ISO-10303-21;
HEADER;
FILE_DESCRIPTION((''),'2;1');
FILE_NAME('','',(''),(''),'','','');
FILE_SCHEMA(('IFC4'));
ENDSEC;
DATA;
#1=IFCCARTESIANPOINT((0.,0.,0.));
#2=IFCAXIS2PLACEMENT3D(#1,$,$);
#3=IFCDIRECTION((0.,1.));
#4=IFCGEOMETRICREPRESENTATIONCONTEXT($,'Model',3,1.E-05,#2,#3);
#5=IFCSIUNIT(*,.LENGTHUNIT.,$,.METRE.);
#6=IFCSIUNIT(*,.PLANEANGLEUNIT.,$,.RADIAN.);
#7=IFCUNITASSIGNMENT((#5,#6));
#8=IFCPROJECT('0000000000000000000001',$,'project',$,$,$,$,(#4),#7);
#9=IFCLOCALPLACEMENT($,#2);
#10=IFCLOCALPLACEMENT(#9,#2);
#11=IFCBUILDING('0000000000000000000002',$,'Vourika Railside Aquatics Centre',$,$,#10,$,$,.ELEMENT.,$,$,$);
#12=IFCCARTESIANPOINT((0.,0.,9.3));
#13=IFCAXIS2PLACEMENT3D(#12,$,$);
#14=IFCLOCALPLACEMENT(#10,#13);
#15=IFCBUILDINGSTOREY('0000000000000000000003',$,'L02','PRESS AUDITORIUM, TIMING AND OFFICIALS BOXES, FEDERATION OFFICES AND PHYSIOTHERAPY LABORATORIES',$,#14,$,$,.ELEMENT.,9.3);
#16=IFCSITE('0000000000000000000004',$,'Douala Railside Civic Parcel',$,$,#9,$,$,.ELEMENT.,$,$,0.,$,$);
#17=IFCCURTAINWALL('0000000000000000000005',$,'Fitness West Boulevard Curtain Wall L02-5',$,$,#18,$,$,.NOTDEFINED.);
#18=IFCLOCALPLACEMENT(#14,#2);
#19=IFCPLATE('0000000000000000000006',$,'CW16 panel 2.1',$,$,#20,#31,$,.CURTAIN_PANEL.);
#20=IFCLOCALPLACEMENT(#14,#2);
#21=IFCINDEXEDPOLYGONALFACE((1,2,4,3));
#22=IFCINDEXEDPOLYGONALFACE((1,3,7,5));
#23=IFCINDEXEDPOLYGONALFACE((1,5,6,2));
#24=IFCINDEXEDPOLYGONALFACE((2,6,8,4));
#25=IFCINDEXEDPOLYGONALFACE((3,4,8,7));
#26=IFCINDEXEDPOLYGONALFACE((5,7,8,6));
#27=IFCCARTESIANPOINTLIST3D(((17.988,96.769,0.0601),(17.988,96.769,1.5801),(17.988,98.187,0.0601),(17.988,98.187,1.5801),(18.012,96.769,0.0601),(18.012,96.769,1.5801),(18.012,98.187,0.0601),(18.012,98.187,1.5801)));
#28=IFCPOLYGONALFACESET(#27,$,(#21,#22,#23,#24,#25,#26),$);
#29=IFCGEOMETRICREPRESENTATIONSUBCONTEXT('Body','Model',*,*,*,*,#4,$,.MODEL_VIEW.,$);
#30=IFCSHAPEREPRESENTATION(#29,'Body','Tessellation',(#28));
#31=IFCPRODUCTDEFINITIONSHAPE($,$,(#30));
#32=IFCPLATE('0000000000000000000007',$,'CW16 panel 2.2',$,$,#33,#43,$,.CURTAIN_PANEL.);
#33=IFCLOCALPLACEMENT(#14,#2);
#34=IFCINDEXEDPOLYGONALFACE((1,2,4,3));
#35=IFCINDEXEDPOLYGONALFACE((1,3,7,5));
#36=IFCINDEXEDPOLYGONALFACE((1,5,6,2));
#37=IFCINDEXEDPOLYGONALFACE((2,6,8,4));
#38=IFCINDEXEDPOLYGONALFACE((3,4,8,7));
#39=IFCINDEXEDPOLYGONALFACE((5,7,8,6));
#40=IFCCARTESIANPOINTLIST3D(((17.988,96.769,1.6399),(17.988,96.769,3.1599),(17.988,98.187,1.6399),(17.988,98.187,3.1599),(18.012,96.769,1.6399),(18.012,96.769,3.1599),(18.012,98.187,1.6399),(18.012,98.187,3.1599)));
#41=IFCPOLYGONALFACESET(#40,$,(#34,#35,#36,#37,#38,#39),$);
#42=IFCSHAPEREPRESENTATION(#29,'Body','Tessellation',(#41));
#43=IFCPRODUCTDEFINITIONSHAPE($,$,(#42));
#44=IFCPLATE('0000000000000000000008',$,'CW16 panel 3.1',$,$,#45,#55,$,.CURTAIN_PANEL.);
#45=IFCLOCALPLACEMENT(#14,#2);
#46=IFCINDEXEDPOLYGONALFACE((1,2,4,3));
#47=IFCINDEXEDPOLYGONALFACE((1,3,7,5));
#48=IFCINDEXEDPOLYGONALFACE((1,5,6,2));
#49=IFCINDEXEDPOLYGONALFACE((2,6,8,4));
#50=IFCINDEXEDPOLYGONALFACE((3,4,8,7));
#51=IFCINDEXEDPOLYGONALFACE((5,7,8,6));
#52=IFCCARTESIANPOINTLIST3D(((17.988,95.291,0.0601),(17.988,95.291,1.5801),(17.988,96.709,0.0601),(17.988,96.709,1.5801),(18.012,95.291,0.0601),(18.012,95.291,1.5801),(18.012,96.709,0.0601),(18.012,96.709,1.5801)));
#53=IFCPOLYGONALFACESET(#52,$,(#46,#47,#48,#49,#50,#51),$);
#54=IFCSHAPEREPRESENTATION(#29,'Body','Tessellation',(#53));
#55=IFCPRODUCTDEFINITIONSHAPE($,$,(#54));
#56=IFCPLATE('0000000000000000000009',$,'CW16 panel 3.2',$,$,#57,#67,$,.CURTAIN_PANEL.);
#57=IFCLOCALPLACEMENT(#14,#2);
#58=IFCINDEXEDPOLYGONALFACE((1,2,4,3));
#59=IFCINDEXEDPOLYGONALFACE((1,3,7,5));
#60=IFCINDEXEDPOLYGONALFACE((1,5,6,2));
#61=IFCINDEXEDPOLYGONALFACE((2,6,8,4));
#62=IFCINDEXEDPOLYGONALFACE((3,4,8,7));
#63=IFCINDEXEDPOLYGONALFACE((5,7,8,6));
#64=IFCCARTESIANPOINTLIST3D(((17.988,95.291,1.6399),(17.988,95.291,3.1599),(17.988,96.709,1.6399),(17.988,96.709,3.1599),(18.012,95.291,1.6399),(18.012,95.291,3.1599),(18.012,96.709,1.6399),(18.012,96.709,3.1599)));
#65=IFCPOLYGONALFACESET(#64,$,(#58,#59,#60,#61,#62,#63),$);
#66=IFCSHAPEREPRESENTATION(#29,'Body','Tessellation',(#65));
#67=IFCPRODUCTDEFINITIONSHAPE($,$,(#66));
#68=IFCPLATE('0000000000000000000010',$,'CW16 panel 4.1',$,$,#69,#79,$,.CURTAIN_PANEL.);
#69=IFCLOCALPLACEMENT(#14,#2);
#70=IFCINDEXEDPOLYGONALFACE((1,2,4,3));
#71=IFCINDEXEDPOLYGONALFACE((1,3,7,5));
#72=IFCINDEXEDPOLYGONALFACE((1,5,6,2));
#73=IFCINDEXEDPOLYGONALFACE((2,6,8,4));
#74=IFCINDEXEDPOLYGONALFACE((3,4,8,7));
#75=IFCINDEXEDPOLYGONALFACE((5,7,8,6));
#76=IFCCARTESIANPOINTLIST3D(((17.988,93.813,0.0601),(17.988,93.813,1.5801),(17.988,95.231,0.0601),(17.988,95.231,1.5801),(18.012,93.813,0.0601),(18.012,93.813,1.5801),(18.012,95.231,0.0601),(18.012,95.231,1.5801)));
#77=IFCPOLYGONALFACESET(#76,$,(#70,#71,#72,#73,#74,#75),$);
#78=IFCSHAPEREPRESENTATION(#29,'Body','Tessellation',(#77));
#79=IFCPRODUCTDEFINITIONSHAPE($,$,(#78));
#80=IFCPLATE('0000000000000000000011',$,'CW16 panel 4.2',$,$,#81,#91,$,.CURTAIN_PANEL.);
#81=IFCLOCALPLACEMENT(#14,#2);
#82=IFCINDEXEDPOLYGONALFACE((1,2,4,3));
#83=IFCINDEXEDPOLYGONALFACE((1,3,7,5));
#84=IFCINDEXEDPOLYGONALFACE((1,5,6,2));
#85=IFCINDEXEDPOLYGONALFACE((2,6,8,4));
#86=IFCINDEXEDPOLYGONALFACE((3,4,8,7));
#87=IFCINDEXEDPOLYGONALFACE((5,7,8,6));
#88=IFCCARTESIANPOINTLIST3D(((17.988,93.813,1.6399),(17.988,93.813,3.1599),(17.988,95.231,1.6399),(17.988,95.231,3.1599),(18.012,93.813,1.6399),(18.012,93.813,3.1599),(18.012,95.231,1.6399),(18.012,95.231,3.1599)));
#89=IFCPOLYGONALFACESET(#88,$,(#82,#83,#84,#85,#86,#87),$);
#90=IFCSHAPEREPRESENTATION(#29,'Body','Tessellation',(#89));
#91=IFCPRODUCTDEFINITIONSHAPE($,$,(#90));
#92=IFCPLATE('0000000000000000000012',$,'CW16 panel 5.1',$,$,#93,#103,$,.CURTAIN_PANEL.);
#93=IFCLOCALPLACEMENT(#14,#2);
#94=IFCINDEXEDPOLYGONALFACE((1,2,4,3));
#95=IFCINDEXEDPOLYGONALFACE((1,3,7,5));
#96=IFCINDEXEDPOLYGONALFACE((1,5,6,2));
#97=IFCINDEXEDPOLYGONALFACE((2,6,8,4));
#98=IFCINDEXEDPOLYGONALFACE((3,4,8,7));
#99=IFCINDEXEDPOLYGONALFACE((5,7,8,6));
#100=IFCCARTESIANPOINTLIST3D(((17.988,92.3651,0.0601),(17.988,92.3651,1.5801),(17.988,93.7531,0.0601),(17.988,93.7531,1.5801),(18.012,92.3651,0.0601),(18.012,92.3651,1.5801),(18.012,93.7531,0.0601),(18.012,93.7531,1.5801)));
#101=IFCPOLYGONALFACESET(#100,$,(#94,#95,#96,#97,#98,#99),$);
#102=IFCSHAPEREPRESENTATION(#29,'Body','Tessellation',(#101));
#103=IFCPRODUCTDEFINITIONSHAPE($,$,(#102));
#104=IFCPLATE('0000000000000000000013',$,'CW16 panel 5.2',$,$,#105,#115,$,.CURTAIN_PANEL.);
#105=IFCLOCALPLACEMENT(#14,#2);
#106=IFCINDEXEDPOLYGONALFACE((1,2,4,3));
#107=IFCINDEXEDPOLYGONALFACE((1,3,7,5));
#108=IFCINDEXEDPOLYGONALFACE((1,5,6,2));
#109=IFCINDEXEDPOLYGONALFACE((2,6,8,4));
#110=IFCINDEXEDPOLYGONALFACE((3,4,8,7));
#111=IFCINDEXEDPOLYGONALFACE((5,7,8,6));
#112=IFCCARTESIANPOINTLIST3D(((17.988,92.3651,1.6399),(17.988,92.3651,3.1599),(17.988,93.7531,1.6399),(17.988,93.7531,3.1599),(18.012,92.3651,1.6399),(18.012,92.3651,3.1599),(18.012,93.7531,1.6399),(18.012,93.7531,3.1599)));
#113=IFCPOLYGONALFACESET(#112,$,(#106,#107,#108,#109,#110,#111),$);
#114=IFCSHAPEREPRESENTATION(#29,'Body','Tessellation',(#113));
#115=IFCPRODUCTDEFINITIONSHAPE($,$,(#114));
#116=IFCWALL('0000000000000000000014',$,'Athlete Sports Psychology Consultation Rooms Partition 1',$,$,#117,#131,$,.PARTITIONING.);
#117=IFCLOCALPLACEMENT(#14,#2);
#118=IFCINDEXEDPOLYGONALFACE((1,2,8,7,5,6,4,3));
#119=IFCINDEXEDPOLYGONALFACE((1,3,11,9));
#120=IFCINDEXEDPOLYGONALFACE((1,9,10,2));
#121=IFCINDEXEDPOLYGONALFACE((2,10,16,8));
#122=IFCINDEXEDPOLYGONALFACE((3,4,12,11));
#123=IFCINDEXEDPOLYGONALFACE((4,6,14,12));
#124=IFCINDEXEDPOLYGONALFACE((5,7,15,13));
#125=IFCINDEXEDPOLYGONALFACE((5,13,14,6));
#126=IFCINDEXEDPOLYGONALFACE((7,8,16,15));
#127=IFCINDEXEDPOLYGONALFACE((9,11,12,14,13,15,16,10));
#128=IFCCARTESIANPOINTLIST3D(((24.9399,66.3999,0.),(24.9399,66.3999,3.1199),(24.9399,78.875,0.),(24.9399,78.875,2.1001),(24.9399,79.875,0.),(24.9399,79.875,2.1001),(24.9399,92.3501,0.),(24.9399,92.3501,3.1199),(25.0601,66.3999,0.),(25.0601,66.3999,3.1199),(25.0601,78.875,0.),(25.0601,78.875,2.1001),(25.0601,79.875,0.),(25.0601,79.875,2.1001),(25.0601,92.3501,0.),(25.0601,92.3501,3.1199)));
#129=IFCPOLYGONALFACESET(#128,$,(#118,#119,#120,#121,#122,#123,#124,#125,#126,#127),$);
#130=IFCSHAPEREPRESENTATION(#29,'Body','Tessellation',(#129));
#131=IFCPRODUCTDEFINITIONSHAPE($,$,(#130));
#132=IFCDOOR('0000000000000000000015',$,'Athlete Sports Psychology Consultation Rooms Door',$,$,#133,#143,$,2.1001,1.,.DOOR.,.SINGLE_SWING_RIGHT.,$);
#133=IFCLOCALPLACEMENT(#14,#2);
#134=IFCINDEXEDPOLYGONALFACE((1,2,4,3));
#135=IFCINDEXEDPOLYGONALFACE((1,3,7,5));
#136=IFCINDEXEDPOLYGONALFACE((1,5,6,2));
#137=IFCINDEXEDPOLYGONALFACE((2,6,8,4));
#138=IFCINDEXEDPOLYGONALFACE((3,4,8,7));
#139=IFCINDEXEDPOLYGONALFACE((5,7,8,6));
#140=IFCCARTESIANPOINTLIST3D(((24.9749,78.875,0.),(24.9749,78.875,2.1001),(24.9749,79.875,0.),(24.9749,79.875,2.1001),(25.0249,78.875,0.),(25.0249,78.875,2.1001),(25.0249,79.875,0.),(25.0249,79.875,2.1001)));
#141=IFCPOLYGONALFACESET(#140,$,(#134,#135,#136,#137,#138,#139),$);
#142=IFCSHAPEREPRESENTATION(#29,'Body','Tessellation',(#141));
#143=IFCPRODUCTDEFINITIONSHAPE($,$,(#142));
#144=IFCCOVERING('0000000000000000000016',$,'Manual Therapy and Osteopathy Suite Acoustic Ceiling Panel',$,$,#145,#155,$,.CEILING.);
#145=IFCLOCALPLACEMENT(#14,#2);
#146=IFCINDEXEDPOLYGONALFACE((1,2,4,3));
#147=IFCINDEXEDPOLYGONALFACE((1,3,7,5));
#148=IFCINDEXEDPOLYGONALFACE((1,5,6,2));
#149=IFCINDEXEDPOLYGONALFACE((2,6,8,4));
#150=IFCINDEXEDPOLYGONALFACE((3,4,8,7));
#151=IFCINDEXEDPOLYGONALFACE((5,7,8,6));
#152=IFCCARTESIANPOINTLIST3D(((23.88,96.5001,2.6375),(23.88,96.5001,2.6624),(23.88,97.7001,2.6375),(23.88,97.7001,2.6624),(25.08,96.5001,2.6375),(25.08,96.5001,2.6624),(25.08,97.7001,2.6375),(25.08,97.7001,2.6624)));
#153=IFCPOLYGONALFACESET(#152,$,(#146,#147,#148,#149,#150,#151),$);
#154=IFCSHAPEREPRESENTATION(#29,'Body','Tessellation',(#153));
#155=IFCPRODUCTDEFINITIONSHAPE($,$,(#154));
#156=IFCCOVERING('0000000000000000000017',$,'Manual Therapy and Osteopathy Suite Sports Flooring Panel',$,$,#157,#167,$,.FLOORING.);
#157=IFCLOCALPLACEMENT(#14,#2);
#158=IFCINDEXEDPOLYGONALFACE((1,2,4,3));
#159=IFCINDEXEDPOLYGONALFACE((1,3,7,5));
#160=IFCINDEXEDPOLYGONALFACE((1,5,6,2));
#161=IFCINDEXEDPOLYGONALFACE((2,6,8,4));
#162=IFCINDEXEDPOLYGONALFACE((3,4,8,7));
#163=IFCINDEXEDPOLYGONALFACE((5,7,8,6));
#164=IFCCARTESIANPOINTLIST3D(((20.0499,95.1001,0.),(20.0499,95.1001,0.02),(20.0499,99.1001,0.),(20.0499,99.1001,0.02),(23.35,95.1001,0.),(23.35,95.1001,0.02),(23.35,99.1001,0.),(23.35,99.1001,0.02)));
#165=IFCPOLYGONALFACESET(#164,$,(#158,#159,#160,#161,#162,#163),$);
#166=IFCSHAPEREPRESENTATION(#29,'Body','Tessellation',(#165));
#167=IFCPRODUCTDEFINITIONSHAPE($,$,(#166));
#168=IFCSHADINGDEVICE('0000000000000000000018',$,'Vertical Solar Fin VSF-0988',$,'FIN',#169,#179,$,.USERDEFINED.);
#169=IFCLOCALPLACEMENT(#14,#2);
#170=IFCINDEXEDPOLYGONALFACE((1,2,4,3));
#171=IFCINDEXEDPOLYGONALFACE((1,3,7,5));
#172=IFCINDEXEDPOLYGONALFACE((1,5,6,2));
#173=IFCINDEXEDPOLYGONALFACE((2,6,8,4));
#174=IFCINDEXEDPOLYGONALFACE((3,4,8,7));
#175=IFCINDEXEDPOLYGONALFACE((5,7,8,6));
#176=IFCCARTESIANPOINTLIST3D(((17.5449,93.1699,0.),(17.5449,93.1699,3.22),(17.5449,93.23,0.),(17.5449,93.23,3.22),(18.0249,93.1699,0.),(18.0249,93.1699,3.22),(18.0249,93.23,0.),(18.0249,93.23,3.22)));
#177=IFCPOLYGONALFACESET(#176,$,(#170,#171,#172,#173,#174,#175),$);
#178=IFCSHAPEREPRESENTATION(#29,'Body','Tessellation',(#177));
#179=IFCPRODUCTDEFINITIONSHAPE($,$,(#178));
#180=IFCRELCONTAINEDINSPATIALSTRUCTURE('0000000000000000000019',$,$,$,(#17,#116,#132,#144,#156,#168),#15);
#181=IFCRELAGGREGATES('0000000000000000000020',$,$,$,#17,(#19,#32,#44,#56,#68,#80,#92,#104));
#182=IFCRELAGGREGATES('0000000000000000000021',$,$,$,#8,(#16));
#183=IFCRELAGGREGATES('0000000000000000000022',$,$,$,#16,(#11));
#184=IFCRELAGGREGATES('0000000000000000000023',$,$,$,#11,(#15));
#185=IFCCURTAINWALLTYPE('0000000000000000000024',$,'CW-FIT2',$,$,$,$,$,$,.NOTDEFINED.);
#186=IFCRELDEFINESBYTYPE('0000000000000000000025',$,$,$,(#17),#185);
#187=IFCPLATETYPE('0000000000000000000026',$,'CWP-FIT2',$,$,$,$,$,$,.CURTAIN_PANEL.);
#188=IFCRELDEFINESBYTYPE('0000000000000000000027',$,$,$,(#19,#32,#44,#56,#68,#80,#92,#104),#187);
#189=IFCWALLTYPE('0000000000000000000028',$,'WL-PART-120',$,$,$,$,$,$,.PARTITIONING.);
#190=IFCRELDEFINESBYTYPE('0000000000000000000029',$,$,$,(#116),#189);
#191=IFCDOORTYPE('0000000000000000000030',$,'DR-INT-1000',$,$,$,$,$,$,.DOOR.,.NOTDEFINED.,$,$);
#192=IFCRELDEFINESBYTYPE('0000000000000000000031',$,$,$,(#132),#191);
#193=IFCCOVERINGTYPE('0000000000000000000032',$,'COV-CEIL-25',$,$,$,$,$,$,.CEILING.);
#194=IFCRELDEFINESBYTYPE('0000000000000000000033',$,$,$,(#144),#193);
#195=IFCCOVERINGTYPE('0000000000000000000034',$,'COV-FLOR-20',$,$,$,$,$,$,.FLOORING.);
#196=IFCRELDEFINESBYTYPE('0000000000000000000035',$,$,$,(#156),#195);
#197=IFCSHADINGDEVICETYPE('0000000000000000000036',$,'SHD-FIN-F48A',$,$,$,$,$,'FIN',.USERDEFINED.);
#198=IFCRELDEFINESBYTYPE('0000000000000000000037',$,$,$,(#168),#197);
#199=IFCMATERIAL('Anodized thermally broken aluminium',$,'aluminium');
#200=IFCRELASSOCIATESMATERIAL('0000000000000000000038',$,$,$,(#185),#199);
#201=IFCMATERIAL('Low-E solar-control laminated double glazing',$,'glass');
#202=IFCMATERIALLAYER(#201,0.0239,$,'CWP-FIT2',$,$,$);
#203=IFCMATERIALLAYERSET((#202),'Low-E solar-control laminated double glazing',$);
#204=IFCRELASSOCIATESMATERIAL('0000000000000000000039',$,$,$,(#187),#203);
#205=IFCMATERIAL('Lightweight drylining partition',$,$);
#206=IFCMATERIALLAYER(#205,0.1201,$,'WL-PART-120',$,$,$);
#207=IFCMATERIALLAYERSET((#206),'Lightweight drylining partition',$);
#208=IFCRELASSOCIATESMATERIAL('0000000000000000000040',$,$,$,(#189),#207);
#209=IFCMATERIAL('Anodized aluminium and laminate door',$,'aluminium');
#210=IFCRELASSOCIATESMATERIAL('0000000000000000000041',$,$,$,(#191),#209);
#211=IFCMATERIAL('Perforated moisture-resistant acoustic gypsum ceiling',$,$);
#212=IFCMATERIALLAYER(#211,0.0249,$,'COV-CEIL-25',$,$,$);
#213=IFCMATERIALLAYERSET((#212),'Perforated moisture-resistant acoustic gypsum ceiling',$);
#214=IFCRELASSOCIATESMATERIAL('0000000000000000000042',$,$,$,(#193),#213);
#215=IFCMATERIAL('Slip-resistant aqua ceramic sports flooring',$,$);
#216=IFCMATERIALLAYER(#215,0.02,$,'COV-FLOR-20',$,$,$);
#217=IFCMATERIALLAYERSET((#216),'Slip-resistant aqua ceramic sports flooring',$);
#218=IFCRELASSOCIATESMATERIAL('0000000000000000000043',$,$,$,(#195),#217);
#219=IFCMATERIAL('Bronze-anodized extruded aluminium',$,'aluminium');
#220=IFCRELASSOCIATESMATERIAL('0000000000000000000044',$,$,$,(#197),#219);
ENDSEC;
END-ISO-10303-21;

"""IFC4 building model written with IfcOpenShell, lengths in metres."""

from ifc_helpers import new_model, si_unit, direction, frame, frame_2d, origin, origin_2d, place, context, subcontext, project, spatial, rectangle, extrude, material, layer, layer_set, material_profile, profile_set, type_object, element, fill, aggregate, save


model = new_model("IFC4")

# Units and contexts
model_context = context("Model", 3, precision=1e-05, world=origin(), true_north=direction((0.0, 1.0)))
body_context = subcontext(model_context, "Body", "Model", "MODEL_VIEW")
ifc_project = project(units=[si_unit("LENGTHUNIT", "METRE"), si_unit("PLANEANGLEUNIT", "RADIAN")], contexts=[model_context])

# Site, building, storey
site_placement = place(None, origin())
site = spatial("IfcSite", under=ifc_project, at=site_placement, Name="Douala Railside Civic Parcel", CompositionType="ELEMENT", RefElevation=0.0)
building_placement = place(site_placement, origin())
building = spatial("IfcBuilding", under=site, at=building_placement, Name="Vourika Railside Aquatics Centre", CompositionType="ELEMENT")
storey_placement = place(building_placement, frame((0.0, 0.0, 9.3)))
storey = spatial("IfcBuildingStorey", under=building, at=storey_placement, Name="L02", Description="PRESS AUDITORIUM, TIMING AND OFFICIALS BOXES, FEDERATION OFFICES AND PHYSIOTHERAPY LABORATORIES", CompositionType="ELEMENT", Elevation=9.3)

# Curtain wall, plates
ifc_material_1 = material(Name="Anodized thermally broken aluminium", Category="aluminium")
curtain_wall_type = type_object("IfcCurtainWallType", Name="CW-FIT2", PredefinedType="NOTDEFINED", material=ifc_material_1)
curtain_wall_placement = place(storey_placement, origin())
curtain_wall = element("IfcCurtainWall", 1, at=curtain_wall_placement, inside=storey, type_object=curtain_wall_type, Name="Fitness West Boulevard Curtain Wall L02-5", PredefinedType="NOTDEFINED")
ifc_material_2 = material(Name="Low-E solar-control laminated double glazing", Category="glass")
ifc_layer_1 = layer(ifc_material_2, 0.0239, Name="CWP-FIT2")
ifc_layer_set_1 = layer_set([ifc_layer_1], Name="Low-E solar-control laminated double glazing")
plate_type = type_object("IfcPlateType", Name="CWP-FIT2", PredefinedType="CURTAIN_PANEL", material=ifc_layer_set_1)
plate_1_placement = place(storey_placement, frame((18.0, 97.478, 0.0601), z_axis=(0.0, 0.0, 1.0), x_axis=(0.0, -1.0, 0.0)))
plate_1 = element("IfcPlate", 2, at=plate_1_placement, type_object=plate_type, Name="CW16 panel 2.1", PredefinedType="CURTAIN_PANEL", context=body_context, shape_type="SweptSolid", body=[
    extrude(rectangle(XDim=1.418, YDim=0.0239, at=origin_2d()), origin(), (0.0, 0.0, 1.0), 1.52),
])
plate_2_placement = place(storey_placement, frame((18.0, 97.478, 1.6399), z_axis=(0.0, 0.0, 1.0), x_axis=(0.0, -1.0, 0.0)))
plate_2 = element("IfcPlate", 3, at=plate_2_placement, type_object=plate_type, Name="CW16 panel 2.2", PredefinedType="CURTAIN_PANEL", context=body_context, shape_type="SweptSolid", body=[
    extrude(rectangle(XDim=1.418, YDim=0.0239, at=origin_2d()), origin(), (0.0, 0.0, 1.0), 1.52),
])
plate_3_placement = place(storey_placement, frame((18.0, 96.0, 0.0601), z_axis=(0.0, 0.0, 1.0), x_axis=(0.0, -1.0, 0.0)))
plate_3 = element("IfcPlate", 4, at=plate_3_placement, type_object=plate_type, Name="CW16 panel 3.1", PredefinedType="CURTAIN_PANEL", context=body_context, shape_type="SweptSolid", body=[
    extrude(rectangle(XDim=1.418, YDim=0.0239, at=origin_2d()), origin(), (0.0, 0.0, 1.0), 1.52),
])
plate_4_placement = place(storey_placement, frame((18.0, 96.0, 1.6399), z_axis=(0.0, 0.0, 1.0), x_axis=(0.0, -1.0, 0.0)))
plate_4 = element("IfcPlate", 5, at=plate_4_placement, type_object=plate_type, Name="CW16 panel 3.2", PredefinedType="CURTAIN_PANEL", context=body_context, shape_type="SweptSolid", body=[
    extrude(rectangle(XDim=1.418, YDim=0.0239, at=origin_2d()), origin(), (0.0, 0.0, 1.0), 1.52),
])
plate_5_placement = place(storey_placement, frame((18.0, 94.522, 0.0601), z_axis=(0.0, 0.0, 1.0), x_axis=(0.0, -1.0, 0.0)))
plate_5 = element("IfcPlate", 6, at=plate_5_placement, type_object=plate_type, Name="CW16 panel 4.1", PredefinedType="CURTAIN_PANEL", context=body_context, shape_type="SweptSolid", body=[
    extrude(rectangle(XDim=1.418, YDim=0.0239, at=origin_2d()), origin(), (0.0, 0.0, 1.0), 1.52),
])
plate_6_placement = place(storey_placement, frame((18.0, 94.522, 1.6399), z_axis=(0.0, 0.0, 1.0), x_axis=(0.0, -1.0, 0.0)))
plate_6 = element("IfcPlate", 7, at=plate_6_placement, type_object=plate_type, Name="CW16 panel 4.2", PredefinedType="CURTAIN_PANEL", context=body_context, shape_type="SweptSolid", body=[
    extrude(rectangle(XDim=1.418, YDim=0.0239, at=origin_2d()), origin(), (0.0, 0.0, 1.0), 1.52),
])
plate_7_placement = place(storey_placement, frame((18.0, 93.0591, 0.0601), z_axis=(0.0, 0.0, 1.0), x_axis=(0.0, -1.0, 0.0)))
plate_7 = element("IfcPlate", 8, at=plate_7_placement, type_object=plate_type, Name="CW16 panel 5.1", PredefinedType="CURTAIN_PANEL", context=body_context, shape_type="SweptSolid", body=[
    extrude(rectangle(XDim=1.3879, YDim=0.0239, at=origin_2d()), origin(), (0.0, 0.0, 1.0), 1.52),
])
plate_8_placement = place(storey_placement, frame((18.0, 93.0591, 1.6399), z_axis=(0.0, 0.0, 1.0), x_axis=(0.0, -1.0, 0.0)))
plate_8 = element("IfcPlate", 9, at=plate_8_placement, type_object=plate_type, Name="CW16 panel 5.2", PredefinedType="CURTAIN_PANEL", context=body_context, shape_type="SweptSolid", body=[
    extrude(rectangle(XDim=1.3879, YDim=0.0239, at=origin_2d()), origin(), (0.0, 0.0, 1.0), 1.52),
])
aggregate(curtain_wall, [plate_1, plate_2, plate_3, plate_4, plate_5, plate_6, plate_7, plate_8])

# Wall, opening, door
ifc_material_3 = material(Name="Lightweight drylining partition")
ifc_layer_2 = layer(ifc_material_3, 0.1201, Name="WL-PART-120")
ifc_layer_set_2 = layer_set([ifc_layer_2], Name="Lightweight drylining partition")
wall_type = type_object("IfcWallType", Name="WL-PART-120", PredefinedType="PARTITIONING", material=ifc_layer_set_2)
wall_placement = place(storey_placement, frame((25.0, 92.3501, 0.0), z_axis=(0.0, 0.0, 1.0), x_axis=(0.0, -1.0, 0.0)))
wall = element("IfcWall", 10, at=wall_placement, inside=storey, type_object=wall_type, Name="Athlete Sports Psychology Consultation Rooms Partition 1", PredefinedType="PARTITIONING", context=body_context, shape_type="SweptSolid", body=[
    extrude(rectangle(XDim=25.9502, YDim=0.1201, at=frame_2d((12.9751, 0.0))), origin(), (0.0, 0.0, 1.0), 3.1199),
])
opening_placement = place(wall_placement, frame((12.4751, 0.0, 0.0)))
opening = element("IfcOpeningElement", 11, at=opening_placement, cuts=wall, PredefinedType="OPENING", context=body_context, shape_type="SweptSolid", body=[
    extrude(rectangle(XDim=1.0, YDim=2.1001, at=frame_2d((0.5, 1.05))), frame((0.0, 0.0701, 0.0), z_axis=(0.0, -1.0, 0.0), x_axis=(1.0, 0.0, 0.0)), (0.0, 0.0, 1.0), 0.1401),
])
ifc_material_4 = material(Name="Anodized aluminium and laminate door", Category="aluminium")
door_type = type_object("IfcDoorType", Name="DR-INT-1000", OperationType="NOTDEFINED", PredefinedType="DOOR", material=ifc_material_4)
door_placement = place(opening_placement, origin())
door = element("IfcDoor", 12, at=door_placement, inside=storey, type_object=door_type, Name="Athlete Sports Psychology Consultation Rooms Door", OperationType="SINGLE_SWING_RIGHT", OverallHeight=2.1001, OverallWidth=1.0, PredefinedType="DOOR", context=body_context, shape_type="SweptSolid", body=[
    extrude(rectangle(XDim=1.0, YDim=2.1001, at=frame_2d((0.5, 1.05))), frame((0.0, 0.0249, 0.0), z_axis=(0.0, -1.0, 0.0), x_axis=(1.0, 0.0, 0.0)), (0.0, 0.0, 1.0), 0.05),
])
fill(opening, door)

# Coverings
ifc_material_5 = material(Name="Perforated moisture-resistant acoustic gypsum ceiling")
ifc_layer_3 = layer(ifc_material_5, 0.0249, Name="COV-CEIL-25")
ifc_layer_set_3 = layer_set([ifc_layer_3], Name="Perforated moisture-resistant acoustic gypsum ceiling")
covering_type_1 = type_object("IfcCoveringType", Name="COV-CEIL-25", PredefinedType="CEILING", material=ifc_layer_set_3)
covering_1_placement = place(storey_placement, frame((24.48, 97.1001, 2.6375), z_axis=(0.0, 0.0, 1.0), x_axis=(1.0, 0.0, 0.0)))
element("IfcCovering", 13, at=covering_1_placement, inside=storey, type_object=covering_type_1, Name="Manual Therapy and Osteopathy Suite Acoustic Ceiling Panel", PredefinedType="CEILING", context=body_context, shape_type="SweptSolid", body=[
    extrude(rectangle(XDim=1.2, YDim=1.2, at=origin_2d()), origin(), (0.0, 0.0, 1.0), 0.0249),
])
ifc_material_6 = material(Name="Slip-resistant aqua ceramic sports flooring")
ifc_layer_4 = layer(ifc_material_6, 0.02, Name="COV-FLOR-20")
ifc_layer_set_4 = layer_set([ifc_layer_4], Name="Slip-resistant aqua ceramic sports flooring")
covering_type_2 = type_object("IfcCoveringType", Name="COV-FLOR-20", PredefinedType="FLOORING", material=ifc_layer_set_4)
covering_2_placement = place(storey_placement, frame((21.7, 97.1001, 0.0), z_axis=(0.0, 0.0, 1.0), x_axis=(1.0, 0.0, 0.0)))
element("IfcCovering", 14, at=covering_2_placement, inside=storey, type_object=covering_type_2, Name="Manual Therapy and Osteopathy Suite Sports Flooring Panel", PredefinedType="FLOORING", context=body_context, shape_type="SweptSolid", body=[
    extrude(rectangle(XDim=3.3, YDim=4.0, at=origin_2d()), origin(), (0.0, 0.0, 1.0), 0.02),
])

# Shading device
ifc_material_7 = material(Name="Bronze-anodized extruded aluminium", Category="aluminium")
ifc_material_profile_1 = material_profile(ifc_material_7, rectangle(XDim=0.0601, YDim=0.48, at=origin_2d()), Name="ALU-FIN 60x480")
ifc_profile_set_1 = profile_set([ifc_material_profile_1], Name="Bronze-anodized extruded aluminium")
shading_device_type = type_object("IfcShadingDeviceType", Name="SHD-FIN-F48A", ElementType="FIN", PredefinedType="USERDEFINED", material=ifc_profile_set_1)
for number, where, z_axis, x_axis, name in (
    (15, (17.7849, 93.2, 0.0), (0.0, 0.0, 1.0), (0.0, 1.0, 0.0), "Vertical Solar Fin VSF-0988"),
):
    element("IfcShadingDevice", number, at=place(storey_placement, frame(where, z_axis=z_axis, x_axis=x_axis)), inside=storey, type_object=shading_device_type, Name=name, ObjectType="FIN", PredefinedType="USERDEFINED", context=body_context, shape_type="SweptSolid", body=[
        extrude(rectangle(XDim=0.0601, YDim=0.48, at=origin_2d()), origin(), (0.0, 0.0, 1.0), 3.22),
    ])

save(model, "model.ifc")
